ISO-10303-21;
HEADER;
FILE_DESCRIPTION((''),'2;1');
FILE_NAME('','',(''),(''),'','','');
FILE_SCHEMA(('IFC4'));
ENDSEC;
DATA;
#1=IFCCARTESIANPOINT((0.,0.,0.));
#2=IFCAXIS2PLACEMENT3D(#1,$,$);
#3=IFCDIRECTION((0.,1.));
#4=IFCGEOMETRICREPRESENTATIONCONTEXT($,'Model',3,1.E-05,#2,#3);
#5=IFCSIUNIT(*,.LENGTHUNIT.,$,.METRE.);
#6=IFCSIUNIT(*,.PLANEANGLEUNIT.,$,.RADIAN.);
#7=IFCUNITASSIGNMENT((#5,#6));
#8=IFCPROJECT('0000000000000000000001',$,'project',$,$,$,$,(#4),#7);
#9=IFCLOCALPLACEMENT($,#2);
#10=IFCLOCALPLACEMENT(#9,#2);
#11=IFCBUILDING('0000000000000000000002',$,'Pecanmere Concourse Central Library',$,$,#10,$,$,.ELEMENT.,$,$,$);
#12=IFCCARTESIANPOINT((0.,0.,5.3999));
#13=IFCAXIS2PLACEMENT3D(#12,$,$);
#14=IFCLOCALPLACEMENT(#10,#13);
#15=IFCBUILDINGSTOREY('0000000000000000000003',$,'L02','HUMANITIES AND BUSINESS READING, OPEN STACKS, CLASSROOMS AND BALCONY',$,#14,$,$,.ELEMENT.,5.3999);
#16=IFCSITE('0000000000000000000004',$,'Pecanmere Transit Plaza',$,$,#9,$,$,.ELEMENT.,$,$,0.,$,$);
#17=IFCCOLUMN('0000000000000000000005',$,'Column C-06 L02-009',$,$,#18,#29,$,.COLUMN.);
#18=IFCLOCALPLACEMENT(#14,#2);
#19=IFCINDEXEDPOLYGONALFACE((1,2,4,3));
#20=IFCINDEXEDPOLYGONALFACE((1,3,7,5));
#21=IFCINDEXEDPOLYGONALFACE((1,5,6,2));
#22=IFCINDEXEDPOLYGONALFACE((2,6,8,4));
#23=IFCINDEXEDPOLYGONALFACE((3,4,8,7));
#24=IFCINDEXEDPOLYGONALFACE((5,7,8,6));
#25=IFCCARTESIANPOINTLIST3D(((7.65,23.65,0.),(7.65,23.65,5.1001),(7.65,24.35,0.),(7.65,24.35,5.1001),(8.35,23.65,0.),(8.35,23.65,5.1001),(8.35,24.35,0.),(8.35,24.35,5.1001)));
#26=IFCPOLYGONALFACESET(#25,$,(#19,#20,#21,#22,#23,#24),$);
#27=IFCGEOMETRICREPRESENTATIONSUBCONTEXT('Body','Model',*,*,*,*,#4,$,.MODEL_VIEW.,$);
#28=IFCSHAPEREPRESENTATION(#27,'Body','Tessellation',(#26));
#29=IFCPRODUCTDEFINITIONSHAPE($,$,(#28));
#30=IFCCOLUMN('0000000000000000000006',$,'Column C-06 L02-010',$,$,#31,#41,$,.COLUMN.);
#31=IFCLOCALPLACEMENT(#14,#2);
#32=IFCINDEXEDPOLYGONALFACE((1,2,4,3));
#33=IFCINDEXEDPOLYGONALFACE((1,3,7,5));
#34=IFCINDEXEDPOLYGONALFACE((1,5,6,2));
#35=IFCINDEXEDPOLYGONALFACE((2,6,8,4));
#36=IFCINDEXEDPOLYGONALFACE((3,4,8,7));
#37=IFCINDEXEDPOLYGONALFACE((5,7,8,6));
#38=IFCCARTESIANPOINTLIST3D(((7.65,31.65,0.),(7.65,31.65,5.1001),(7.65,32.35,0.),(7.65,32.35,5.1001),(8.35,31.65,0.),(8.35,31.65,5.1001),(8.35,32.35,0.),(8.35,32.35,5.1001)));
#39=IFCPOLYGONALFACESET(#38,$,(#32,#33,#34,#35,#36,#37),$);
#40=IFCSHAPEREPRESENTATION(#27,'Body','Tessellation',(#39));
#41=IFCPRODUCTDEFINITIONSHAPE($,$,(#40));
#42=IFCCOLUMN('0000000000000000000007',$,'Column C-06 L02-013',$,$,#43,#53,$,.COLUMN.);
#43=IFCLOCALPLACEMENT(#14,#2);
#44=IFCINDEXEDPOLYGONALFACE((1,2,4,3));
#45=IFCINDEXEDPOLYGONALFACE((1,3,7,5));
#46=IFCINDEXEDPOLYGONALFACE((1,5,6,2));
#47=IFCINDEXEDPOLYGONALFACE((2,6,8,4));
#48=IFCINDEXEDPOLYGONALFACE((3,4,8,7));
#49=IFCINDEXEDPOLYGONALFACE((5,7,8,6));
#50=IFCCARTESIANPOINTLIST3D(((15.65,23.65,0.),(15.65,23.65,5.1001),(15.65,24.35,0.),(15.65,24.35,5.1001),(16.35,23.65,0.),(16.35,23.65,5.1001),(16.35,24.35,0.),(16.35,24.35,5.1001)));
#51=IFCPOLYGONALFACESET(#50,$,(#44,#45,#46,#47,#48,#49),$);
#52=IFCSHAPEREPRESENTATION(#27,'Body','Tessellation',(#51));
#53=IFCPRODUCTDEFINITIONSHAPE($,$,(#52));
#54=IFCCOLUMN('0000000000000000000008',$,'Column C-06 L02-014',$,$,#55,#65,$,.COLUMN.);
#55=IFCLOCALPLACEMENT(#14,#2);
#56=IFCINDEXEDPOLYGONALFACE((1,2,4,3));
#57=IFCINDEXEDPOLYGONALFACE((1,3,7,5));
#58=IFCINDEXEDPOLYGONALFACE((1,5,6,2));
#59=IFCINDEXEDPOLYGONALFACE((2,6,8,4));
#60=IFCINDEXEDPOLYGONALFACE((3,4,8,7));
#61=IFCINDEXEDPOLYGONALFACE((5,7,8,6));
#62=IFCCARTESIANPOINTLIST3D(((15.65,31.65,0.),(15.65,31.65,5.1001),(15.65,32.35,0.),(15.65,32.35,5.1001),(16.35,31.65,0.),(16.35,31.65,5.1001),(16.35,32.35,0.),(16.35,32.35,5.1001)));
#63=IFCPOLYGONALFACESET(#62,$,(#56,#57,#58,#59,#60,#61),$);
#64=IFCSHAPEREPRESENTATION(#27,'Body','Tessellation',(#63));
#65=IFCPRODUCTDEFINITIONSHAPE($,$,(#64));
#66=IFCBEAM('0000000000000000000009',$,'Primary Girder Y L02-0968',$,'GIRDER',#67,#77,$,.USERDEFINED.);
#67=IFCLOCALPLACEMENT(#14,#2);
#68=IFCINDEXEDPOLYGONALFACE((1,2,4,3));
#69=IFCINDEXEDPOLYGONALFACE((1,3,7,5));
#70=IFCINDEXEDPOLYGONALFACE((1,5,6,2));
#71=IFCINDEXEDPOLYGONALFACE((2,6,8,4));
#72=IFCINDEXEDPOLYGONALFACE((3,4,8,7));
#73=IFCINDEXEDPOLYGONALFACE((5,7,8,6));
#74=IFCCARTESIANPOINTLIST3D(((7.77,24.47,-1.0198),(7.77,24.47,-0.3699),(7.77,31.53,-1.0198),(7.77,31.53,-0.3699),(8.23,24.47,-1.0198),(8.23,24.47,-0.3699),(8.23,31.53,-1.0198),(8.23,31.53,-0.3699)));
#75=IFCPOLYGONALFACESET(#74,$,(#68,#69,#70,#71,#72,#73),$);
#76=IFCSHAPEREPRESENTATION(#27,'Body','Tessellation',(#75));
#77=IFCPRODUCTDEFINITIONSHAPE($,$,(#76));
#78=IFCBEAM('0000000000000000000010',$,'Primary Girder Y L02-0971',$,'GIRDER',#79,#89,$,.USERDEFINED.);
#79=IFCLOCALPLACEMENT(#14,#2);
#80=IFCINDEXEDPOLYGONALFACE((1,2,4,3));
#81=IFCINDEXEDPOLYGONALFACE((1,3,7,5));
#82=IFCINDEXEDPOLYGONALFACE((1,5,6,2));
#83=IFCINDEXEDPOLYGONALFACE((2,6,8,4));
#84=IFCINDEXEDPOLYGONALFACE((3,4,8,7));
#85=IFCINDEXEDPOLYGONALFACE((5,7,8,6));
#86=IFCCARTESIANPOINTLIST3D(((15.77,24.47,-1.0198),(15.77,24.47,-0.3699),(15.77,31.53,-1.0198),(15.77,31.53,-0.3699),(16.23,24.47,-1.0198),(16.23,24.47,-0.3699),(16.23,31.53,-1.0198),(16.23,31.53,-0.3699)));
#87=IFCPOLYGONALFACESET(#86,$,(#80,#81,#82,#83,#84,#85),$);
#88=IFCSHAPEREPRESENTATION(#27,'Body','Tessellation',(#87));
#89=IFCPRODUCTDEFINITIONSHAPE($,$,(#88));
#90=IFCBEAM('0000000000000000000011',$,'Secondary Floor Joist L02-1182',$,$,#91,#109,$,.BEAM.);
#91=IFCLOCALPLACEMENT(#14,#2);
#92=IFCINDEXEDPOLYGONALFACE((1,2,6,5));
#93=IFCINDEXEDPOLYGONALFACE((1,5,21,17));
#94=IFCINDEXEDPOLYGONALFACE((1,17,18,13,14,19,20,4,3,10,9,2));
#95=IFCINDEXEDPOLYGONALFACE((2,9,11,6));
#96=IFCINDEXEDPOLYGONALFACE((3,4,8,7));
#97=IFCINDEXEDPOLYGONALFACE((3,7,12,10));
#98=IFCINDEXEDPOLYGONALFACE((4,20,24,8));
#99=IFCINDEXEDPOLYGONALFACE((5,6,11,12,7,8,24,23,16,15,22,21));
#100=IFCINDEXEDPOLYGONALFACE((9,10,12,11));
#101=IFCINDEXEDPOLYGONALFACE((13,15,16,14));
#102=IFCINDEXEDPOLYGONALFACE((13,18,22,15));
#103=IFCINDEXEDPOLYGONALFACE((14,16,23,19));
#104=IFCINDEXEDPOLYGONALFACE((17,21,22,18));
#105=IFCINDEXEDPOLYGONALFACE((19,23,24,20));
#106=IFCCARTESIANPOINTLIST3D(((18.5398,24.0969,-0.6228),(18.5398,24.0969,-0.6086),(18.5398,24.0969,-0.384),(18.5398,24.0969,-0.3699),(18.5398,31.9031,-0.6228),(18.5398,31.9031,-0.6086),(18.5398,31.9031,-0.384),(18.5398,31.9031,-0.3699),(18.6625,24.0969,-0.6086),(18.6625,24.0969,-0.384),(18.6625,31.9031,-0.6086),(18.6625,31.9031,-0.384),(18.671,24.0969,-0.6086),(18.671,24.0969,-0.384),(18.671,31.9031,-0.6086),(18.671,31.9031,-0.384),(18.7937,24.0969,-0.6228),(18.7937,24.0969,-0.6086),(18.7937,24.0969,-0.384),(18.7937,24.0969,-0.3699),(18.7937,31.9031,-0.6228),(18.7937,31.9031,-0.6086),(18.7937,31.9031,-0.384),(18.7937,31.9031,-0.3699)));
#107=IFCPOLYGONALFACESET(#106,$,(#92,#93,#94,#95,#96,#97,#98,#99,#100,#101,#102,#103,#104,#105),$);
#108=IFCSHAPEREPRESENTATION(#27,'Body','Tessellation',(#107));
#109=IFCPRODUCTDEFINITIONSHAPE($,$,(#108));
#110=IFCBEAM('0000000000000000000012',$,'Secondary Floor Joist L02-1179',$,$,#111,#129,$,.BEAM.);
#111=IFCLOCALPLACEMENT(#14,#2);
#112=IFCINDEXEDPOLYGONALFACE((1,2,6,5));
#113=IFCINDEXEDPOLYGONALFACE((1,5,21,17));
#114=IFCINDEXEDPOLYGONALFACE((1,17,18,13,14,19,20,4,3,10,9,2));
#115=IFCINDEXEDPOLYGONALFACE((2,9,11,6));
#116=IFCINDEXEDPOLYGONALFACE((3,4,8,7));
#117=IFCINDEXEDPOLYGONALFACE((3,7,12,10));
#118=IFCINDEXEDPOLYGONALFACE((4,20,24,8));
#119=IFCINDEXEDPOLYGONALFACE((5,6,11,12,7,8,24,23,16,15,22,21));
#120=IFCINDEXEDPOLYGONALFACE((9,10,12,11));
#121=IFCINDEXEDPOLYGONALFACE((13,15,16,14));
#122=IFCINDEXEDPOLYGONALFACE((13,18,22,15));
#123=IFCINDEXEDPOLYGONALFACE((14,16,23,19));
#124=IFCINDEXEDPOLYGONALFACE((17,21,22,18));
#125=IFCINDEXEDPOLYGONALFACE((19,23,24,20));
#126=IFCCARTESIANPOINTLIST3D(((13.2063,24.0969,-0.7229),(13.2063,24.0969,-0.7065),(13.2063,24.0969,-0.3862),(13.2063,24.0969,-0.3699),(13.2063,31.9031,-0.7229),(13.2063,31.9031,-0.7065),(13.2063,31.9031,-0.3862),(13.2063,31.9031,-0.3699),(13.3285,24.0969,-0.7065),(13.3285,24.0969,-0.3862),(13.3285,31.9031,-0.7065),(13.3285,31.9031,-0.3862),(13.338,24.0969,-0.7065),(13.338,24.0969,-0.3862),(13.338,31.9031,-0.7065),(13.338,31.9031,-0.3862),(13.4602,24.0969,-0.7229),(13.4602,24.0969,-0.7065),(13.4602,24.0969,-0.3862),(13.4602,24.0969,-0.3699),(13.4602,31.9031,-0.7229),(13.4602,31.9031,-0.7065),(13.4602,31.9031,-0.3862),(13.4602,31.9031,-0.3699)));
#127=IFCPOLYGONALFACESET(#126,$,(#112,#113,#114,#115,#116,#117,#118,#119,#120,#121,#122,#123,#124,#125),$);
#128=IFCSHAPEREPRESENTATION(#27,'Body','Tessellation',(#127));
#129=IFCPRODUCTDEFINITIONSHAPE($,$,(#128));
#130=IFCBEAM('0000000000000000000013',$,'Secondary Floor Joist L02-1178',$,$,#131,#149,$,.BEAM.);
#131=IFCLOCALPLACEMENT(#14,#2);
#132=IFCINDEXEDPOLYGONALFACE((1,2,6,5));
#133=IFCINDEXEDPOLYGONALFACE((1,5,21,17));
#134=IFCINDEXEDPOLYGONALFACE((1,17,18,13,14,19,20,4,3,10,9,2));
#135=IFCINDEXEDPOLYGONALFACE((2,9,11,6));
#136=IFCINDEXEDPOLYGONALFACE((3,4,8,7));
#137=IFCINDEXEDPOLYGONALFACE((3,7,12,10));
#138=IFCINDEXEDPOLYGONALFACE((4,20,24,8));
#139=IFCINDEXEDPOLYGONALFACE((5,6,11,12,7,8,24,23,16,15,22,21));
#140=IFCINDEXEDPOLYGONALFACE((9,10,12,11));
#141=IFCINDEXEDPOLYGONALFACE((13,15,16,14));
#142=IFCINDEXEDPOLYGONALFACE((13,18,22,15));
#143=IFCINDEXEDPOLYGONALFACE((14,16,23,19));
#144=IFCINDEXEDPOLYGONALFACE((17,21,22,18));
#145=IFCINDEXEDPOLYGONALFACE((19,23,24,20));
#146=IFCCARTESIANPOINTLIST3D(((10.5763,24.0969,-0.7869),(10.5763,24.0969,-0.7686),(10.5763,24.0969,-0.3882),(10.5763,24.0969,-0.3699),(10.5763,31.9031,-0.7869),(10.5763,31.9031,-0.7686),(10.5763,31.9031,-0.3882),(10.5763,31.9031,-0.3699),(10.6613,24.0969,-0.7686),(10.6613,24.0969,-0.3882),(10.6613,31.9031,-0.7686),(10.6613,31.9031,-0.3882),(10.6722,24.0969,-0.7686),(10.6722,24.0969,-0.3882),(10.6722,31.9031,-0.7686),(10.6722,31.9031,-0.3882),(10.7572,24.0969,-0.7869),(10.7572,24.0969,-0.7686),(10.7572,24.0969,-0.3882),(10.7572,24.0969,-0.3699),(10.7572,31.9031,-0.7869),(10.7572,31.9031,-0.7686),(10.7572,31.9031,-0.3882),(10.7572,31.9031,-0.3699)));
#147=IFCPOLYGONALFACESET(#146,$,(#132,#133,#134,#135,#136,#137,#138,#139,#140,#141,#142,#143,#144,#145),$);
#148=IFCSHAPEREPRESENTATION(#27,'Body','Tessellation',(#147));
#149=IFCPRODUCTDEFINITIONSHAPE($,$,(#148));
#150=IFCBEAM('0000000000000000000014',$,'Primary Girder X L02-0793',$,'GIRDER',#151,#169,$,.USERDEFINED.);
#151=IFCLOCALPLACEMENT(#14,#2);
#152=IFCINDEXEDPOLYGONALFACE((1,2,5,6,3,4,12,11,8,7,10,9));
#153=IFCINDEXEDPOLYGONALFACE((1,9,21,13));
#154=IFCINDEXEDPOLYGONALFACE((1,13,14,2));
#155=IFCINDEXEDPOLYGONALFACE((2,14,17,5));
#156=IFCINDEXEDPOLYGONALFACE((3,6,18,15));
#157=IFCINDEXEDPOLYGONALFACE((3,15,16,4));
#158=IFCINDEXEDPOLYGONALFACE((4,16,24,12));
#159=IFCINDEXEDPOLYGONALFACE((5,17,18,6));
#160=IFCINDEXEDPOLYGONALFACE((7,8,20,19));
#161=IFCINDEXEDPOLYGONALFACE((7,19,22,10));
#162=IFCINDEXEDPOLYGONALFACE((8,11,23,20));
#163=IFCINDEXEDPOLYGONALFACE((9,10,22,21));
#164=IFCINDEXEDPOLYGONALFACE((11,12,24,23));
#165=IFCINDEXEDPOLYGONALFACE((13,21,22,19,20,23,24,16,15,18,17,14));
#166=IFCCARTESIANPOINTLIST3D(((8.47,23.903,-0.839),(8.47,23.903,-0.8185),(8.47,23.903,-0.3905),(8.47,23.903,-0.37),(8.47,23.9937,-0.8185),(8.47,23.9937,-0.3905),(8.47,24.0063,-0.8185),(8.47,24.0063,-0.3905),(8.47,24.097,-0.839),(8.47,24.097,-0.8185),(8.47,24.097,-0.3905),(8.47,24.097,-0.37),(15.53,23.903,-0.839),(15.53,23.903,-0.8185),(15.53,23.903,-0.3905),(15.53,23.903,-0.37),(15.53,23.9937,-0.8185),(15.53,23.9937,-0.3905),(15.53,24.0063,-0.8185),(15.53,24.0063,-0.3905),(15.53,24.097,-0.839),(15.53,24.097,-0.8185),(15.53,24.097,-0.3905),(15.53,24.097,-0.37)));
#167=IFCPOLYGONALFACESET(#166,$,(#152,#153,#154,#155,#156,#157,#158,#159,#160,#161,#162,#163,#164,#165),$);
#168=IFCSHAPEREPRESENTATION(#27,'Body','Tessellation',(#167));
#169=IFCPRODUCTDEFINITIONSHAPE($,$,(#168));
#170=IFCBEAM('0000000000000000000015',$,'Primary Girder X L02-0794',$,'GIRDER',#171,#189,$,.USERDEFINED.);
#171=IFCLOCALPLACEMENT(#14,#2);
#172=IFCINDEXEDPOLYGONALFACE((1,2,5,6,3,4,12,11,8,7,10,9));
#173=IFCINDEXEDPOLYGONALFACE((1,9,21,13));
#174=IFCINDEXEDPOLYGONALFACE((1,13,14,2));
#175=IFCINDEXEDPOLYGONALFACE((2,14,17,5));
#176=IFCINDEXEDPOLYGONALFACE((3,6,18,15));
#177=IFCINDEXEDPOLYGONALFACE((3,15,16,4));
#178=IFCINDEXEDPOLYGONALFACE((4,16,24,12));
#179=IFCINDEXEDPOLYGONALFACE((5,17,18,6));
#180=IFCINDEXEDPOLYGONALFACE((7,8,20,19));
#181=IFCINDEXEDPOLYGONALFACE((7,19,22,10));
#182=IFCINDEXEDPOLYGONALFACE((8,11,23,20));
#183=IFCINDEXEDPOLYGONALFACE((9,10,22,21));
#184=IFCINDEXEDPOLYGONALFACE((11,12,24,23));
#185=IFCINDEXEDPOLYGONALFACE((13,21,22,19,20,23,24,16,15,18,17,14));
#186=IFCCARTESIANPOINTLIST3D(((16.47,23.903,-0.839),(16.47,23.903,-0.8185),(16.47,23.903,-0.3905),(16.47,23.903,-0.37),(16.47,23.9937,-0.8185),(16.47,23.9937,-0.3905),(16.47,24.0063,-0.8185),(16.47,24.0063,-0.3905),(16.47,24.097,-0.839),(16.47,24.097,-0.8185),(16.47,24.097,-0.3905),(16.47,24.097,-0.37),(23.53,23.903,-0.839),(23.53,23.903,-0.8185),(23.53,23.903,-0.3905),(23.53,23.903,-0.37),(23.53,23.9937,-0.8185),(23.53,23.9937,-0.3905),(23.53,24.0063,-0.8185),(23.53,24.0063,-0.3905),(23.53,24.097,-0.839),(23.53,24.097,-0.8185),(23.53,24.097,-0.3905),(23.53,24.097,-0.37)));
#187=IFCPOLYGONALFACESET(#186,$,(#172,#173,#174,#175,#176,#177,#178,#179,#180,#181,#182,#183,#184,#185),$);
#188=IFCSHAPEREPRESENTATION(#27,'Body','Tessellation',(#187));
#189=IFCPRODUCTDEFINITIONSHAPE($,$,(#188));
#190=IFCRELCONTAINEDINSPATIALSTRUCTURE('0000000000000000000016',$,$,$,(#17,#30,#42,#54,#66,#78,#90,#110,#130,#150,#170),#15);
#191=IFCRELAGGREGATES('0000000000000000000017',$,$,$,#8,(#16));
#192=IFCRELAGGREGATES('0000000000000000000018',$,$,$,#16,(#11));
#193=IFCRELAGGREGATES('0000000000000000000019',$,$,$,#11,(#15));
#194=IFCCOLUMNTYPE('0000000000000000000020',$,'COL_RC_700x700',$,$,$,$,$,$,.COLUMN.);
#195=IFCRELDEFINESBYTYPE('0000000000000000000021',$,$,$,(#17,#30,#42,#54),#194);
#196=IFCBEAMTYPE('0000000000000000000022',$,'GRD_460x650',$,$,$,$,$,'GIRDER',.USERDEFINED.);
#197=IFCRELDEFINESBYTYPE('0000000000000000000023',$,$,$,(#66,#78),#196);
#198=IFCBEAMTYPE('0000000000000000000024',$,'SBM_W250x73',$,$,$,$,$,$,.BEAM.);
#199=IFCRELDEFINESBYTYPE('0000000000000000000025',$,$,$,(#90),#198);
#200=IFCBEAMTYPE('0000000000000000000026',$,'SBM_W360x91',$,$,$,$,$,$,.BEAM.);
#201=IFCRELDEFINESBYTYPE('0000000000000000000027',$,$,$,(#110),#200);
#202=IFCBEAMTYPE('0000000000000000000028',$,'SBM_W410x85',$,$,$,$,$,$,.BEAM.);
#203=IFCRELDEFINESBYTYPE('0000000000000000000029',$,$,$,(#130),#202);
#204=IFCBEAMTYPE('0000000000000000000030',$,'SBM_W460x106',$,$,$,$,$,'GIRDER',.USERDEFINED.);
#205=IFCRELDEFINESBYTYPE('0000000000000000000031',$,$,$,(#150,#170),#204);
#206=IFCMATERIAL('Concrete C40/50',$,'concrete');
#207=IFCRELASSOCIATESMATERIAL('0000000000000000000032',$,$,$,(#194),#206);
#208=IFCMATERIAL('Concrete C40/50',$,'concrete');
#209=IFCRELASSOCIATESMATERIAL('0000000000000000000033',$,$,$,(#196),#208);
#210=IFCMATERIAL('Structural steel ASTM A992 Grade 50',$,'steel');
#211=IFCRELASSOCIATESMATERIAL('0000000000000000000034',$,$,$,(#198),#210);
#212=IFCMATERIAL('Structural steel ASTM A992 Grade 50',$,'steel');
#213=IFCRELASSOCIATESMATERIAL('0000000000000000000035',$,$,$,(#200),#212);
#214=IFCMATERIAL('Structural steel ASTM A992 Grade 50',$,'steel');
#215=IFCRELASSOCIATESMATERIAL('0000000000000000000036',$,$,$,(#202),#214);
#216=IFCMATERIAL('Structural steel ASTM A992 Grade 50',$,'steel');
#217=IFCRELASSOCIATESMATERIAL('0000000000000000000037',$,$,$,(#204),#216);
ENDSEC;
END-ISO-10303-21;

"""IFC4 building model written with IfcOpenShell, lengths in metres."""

from ifc_helpers import new_model, si_unit, direction, frame, origin, origin_2d, place, context, subcontext, project, spatial, rectangle, i_section, extrude, material, material_profile, profile_set, type_object, element, save


model = new_model("IFC4")

# Units and contexts
model_context = context("Model", 3, precision=1e-05, world=origin(), true_north=direction((0.0, 1.0)))
body_context = subcontext(model_context, "Body", "Model", "MODEL_VIEW")
ifc_project = project(units=[si_unit("LENGTHUNIT", "METRE"), si_unit("PLANEANGLEUNIT", "RADIAN")], contexts=[model_context])

# Site, building, storey
site_placement = place(None, origin())
site = spatial("IfcSite", under=ifc_project, at=site_placement, Name="Pecanmere Transit Plaza", CompositionType="ELEMENT", RefElevation=0.0)
building_placement = place(site_placement, origin())
building = spatial("IfcBuilding", under=site, at=building_placement, Name="Pecanmere Concourse Central Library", CompositionType="ELEMENT")
storey_placement = place(building_placement, frame((0.0, 0.0, 5.3999)))
storey = spatial("IfcBuildingStorey", under=building, at=storey_placement, Name="L02", Description="HUMANITIES AND BUSINESS READING, OPEN STACKS, CLASSROOMS AND BALCONY", CompositionType="ELEMENT", Elevation=5.3999)

# Columns
ifc_material_1 = material(Name="Concrete C40/50", Category="concrete")
ifc_material_profile_1 = material_profile(ifc_material_1, rectangle(XDim=0.7, YDim=0.7, at=origin_2d()), Name="RC 700x700")
ifc_profile_set_1 = profile_set([ifc_material_profile_1], Name="Concrete C40/50")
column_type = type_object("IfcColumnType", Name="COL_RC_700x700", PredefinedType="COLUMN", material=ifc_profile_set_1)
for number, where, z_axis, x_axis, name in (
    (1, (8.0, 24.0, 0.0), (0.0, 0.0, 1.0), (1.0, 0.0, 0.0), "Column C-06 L02-009"),
    (2, (8.0, 32.0, 0.0), (0.0, 0.0, 1.0), (1.0, 0.0, 0.0), "Column C-06 L02-010"),
    (3, (16.0, 24.0, 0.0), (0.0, 0.0, 1.0), (1.0, 0.0, 0.0), "Column C-06 L02-013"),
    (4, (16.0, 32.0, 0.0), (0.0, 0.0, 1.0), (1.0, 0.0, 0.0), "Column C-06 L02-014"),
):
    element("IfcColumn", number, at=place(storey_placement, frame(where, z_axis=z_axis, x_axis=x_axis)), inside=storey, type_object=column_type, Name=name, PredefinedType="COLUMN", context=body_context, shape_type="SweptSolid", body=[
        extrude(rectangle(XDim=0.7, YDim=0.7, at=origin_2d()), origin(), (0.0, 0.0, 1.0), 5.1001),
    ])

# Beams
ifc_material_2 = material(Name="Concrete C40/50", Category="concrete")
ifc_material_profile_2 = material_profile(ifc_material_2, rectangle(XDim=0.46, YDim=0.6499, at=origin_2d()), Name="RC 460x650")
ifc_profile_set_2 = profile_set([ifc_material_profile_2], Name="Concrete C40/50")
beam_type_1 = type_object("IfcBeamType", Name="GRD_460x650", ElementType="GIRDER", PredefinedType="USERDEFINED", material=ifc_profile_set_2)
for number, where, z_axis, x_axis, name in (
    (5, (8.0, 24.47, -0.6948), (0.0, 1.0, 0.0), (-1.0, 0.0, 0.0), "Primary Girder Y L02-0968"),
    (6, (16.0, 24.47, -0.6948), (0.0, 1.0, 0.0), (-1.0, 0.0, 0.0), "Primary Girder Y L02-0971"),
):
    element("IfcBeam", number, at=place(storey_placement, frame(where, z_axis=z_axis, x_axis=x_axis)), inside=storey, type_object=beam_type_1, Name=name, ObjectType="GIRDER", PredefinedType="USERDEFINED", context=body_context, shape_type="SweptSolid", body=[
        extrude(rectangle(XDim=0.46, YDim=0.6499, at=origin_2d()), origin(), (0.0, 0.0, 1.0), 7.0601),
    ])
ifc_material_3 = material(Name="Structural steel ASTM A992 Grade 50", Category="steel")
ifc_material_profile_3 = material_profile(ifc_material_3, i_section(OverallWidth=0.2539, OverallDepth=0.2529, WebThickness=0.0085, FlangeThickness=0.0142, at=origin_2d()), Name="W250x73")
ifc_profile_set_3 = profile_set([ifc_material_profile_3], Name="Structural steel ASTM A992 Grade 50")
beam_type_2 = type_object("IfcBeamType", Name="SBM_W250x73", PredefinedType="BEAM", material=ifc_profile_set_3)
beam_1_placement = place(storey_placement, frame((18.6667, 24.0969, -0.4963), z_axis=(0.0, 1.0, 0.0), x_axis=(-1.0, 0.0, 0.0)))
element("IfcBeam", 7, at=beam_1_placement, inside=storey, type_object=beam_type_2, Name="Secondary Floor Joist L02-1182", PredefinedType="BEAM", context=body_context, shape_type="SweptSolid", body=[
    extrude(i_section(OverallWidth=0.2539, OverallDepth=0.2529, WebThickness=0.0085, FlangeThickness=0.0142, at=origin_2d()), origin(), (0.0, 0.0, 1.0), 7.8062),
])
ifc_material_4 = material(Name="Structural steel ASTM A992 Grade 50", Category="steel")
ifc_material_profile_4 = material_profile(ifc_material_4, i_section(OverallWidth=0.2539, OverallDepth=0.353, WebThickness=0.0095, FlangeThickness=0.0164, at=origin_2d()), Name="W360x91")
ifc_profile_set_4 = profile_set([ifc_material_profile_4], Name="Structural steel ASTM A992 Grade 50")
beam_type_3 = type_object("IfcBeamType", Name="SBM_W360x91", PredefinedType="BEAM", material=ifc_profile_set_4)
beam_2_placement = place(storey_placement, frame((13.3333, 24.0969, -0.5464), z_axis=(0.0, 1.0, 0.0), x_axis=(-1.0, 0.0, 0.0)))
element("IfcBeam", 8, at=beam_2_placement, inside=storey, type_object=beam_type_3, Name="Secondary Floor Joist L02-1179", PredefinedType="BEAM", context=body_context, shape_type="SweptSolid", body=[
    extrude(i_section(OverallWidth=0.2539, OverallDepth=0.353, WebThickness=0.0095, FlangeThickness=0.0164, at=origin_2d()), origin(), (0.0, 0.0, 1.0), 7.8062),
])
ifc_material_5 = material(Name="Structural steel ASTM A992 Grade 50", Category="steel")
ifc_material_profile_5 = material_profile(ifc_material_5, i_section(OverallWidth=0.1809, OverallDepth=0.417, WebThickness=0.011, FlangeThickness=0.0183, at=origin_2d()), Name="W410x85")
ifc_profile_set_5 = profile_set([ifc_material_profile_5], Name="Structural steel ASTM A992 Grade 50")
beam_type_4 = type_object("IfcBeamType", Name="SBM_W410x85", PredefinedType="BEAM", material=ifc_profile_set_5)
beam_3_placement = place(storey_placement, frame((10.6667, 24.0969, -0.5784), z_axis=(0.0, 1.0, 0.0), x_axis=(-1.0, 0.0, 0.0)))
element("IfcBeam", 9, at=beam_3_placement, inside=storey, type_object=beam_type_4, Name="Secondary Floor Joist L02-1178", PredefinedType="BEAM", context=body_context, shape_type="SweptSolid", body=[
    extrude(i_section(OverallWidth=0.1809, OverallDepth=0.417, WebThickness=0.011, FlangeThickness=0.0183, at=origin_2d()), origin(), (0.0, 0.0, 1.0), 7.8062),
])
ifc_material_6 = material(Name="Structural steel ASTM A992 Grade 50", Category="steel")
ifc_material_profile_6 = material_profile(ifc_material_6, i_section(OverallWidth=0.1941, OverallDepth=0.469, WebThickness=0.0127, FlangeThickness=0.0205, at=origin_2d()), Name="W460x106")
ifc_profile_set_6 = profile_set([ifc_material_profile_6], Name="Structural steel ASTM A992 Grade 50")
beam_type_5 = type_object("IfcBeamType", Name="SBM_W460x106", ElementType="GIRDER", PredefinedType="USERDEFINED", material=ifc_profile_set_6)
for number, where, z_axis, x_axis, name in (
    (10, (8.47, 24.0, -0.6045), (1.0, 0.0, 0.0), (0.0, 1.0, 0.0), "Primary Girder X L02-0793"),
    (11, (16.47, 24.0, -0.6045), (1.0, 0.0, 0.0), (0.0, 1.0, 0.0), "Primary Girder X L02-0794"),
):
    element("IfcBeam", number, at=place(storey_placement, frame(where, z_axis=z_axis, x_axis=x_axis)), inside=storey, type_object=beam_type_5, Name=name, ObjectType="GIRDER", PredefinedType="USERDEFINED", context=body_context, shape_type="SweptSolid", body=[
        extrude(i_section(OverallWidth=0.1941, OverallDepth=0.469, WebThickness=0.0127, FlangeThickness=0.0205, at=origin_2d()), origin(), (0.0, 0.0, 1.0), 7.0601),
    ])

save(model, "model.ifc")
